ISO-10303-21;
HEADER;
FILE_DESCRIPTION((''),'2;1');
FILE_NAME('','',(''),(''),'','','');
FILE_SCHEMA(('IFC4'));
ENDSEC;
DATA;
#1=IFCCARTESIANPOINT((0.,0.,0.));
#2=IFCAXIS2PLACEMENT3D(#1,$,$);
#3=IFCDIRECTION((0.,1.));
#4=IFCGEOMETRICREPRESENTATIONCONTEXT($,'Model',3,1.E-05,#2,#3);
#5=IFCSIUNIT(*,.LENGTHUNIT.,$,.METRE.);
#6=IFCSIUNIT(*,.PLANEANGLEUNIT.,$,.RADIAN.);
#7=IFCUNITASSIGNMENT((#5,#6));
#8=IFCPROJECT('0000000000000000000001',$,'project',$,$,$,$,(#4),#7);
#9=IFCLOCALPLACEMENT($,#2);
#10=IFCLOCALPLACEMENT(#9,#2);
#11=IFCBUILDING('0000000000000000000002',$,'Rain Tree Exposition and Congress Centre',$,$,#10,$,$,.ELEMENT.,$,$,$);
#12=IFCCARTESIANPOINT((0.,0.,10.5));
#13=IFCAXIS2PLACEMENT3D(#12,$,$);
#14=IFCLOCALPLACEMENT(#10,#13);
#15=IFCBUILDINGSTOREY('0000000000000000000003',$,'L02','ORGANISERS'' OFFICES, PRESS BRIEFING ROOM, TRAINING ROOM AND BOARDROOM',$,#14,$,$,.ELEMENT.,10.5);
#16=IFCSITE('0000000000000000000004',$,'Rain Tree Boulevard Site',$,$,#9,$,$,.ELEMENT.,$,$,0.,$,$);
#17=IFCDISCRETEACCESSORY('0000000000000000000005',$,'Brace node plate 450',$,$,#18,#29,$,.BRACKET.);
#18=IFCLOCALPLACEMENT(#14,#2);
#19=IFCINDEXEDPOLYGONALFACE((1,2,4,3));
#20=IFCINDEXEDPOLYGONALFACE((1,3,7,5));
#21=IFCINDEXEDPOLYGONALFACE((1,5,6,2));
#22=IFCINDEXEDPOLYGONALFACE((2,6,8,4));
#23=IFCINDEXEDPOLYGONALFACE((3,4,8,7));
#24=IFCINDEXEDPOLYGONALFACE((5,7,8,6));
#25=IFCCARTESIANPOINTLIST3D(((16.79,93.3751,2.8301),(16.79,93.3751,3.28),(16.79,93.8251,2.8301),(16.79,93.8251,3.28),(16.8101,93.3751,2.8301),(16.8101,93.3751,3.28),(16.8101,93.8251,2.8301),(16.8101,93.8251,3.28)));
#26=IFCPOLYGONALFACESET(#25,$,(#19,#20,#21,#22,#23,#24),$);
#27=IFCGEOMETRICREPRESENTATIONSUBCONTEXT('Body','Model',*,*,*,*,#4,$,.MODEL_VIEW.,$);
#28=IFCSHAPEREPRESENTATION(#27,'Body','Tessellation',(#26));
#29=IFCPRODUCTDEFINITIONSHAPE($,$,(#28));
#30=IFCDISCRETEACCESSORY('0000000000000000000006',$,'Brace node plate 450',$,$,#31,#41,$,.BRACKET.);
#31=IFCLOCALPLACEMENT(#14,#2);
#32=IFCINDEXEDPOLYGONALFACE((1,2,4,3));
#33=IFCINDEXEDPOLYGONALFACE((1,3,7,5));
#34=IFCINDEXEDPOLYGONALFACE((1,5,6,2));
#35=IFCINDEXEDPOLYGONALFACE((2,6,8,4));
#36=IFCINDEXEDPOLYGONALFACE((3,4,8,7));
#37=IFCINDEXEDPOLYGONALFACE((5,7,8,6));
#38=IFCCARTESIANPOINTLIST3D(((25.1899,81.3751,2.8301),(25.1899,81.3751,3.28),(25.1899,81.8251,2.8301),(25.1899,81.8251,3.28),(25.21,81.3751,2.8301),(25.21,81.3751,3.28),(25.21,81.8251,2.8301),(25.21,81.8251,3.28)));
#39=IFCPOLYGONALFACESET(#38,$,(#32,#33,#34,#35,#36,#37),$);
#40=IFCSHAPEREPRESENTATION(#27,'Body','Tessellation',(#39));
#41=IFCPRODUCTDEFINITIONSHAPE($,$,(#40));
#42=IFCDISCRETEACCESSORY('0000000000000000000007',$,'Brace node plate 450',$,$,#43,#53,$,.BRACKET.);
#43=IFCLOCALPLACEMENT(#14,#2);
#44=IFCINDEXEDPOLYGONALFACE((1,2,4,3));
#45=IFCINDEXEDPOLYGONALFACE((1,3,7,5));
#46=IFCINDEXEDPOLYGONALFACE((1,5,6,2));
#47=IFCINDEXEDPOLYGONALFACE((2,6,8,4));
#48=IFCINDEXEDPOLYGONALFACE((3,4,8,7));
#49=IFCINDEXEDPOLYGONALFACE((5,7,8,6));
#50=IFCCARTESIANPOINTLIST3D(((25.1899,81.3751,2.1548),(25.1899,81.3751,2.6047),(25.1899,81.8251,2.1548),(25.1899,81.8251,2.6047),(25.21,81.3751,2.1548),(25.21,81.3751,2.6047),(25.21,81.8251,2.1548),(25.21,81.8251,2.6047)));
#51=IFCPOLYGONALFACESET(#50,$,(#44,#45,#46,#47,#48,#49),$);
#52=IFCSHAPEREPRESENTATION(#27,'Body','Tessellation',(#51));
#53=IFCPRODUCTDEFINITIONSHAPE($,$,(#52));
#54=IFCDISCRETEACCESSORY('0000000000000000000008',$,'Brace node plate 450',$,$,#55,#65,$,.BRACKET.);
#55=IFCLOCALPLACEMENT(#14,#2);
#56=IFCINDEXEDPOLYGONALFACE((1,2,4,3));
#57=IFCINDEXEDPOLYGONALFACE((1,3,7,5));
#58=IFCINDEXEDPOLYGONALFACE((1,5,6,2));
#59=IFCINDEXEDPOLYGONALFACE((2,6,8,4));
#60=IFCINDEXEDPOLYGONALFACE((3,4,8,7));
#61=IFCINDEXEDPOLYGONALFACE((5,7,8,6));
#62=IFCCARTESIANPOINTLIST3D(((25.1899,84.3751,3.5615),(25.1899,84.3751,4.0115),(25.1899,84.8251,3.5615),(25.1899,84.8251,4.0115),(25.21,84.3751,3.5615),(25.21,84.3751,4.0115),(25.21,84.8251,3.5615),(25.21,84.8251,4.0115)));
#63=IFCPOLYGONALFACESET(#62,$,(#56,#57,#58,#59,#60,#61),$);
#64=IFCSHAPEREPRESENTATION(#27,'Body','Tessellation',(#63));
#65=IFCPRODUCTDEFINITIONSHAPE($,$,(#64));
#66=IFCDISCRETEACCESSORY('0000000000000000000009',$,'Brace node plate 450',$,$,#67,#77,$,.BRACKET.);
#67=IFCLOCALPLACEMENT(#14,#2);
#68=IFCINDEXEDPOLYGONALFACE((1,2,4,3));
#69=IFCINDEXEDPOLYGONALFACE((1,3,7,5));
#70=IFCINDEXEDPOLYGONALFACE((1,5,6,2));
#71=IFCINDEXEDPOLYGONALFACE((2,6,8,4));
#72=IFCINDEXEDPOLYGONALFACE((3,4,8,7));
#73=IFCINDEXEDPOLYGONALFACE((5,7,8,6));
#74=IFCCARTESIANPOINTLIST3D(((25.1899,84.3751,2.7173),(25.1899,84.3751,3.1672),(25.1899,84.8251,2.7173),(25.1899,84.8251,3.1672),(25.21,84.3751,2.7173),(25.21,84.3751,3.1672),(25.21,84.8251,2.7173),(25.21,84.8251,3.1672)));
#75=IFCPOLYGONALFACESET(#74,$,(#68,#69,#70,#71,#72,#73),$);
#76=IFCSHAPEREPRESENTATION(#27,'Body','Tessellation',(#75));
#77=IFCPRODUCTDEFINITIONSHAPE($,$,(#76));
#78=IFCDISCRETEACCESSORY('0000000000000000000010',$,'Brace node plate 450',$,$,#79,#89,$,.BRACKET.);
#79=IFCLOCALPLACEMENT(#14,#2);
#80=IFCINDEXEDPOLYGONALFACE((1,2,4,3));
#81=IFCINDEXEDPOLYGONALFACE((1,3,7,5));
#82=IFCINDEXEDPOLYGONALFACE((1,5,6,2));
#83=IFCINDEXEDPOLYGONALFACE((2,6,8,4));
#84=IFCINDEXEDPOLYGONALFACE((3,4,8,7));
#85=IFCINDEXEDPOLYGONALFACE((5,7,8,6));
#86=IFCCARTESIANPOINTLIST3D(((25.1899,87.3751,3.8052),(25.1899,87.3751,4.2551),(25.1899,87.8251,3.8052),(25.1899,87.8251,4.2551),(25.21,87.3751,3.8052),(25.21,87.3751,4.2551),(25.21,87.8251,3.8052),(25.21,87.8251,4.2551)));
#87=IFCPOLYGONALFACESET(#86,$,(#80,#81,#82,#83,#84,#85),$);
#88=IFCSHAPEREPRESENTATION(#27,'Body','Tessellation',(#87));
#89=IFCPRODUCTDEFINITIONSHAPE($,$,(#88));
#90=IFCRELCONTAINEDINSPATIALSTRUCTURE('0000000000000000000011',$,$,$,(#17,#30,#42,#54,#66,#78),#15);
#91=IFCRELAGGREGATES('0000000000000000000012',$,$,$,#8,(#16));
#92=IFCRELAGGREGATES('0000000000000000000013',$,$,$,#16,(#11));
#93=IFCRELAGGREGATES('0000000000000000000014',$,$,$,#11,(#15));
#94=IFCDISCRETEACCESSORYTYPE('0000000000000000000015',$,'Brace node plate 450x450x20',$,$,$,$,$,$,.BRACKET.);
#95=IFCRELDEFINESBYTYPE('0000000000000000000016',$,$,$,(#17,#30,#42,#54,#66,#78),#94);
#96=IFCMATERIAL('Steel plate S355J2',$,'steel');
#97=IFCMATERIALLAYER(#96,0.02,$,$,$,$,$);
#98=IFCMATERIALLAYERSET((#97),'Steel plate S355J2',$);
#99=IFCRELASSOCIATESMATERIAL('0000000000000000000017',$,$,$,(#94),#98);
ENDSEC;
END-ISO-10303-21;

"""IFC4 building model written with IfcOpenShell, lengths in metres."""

from ifc_helpers import new_model, si_unit, direction, frame, origin, origin_2d, place, context, subcontext, project, spatial, rectangle, extrude, material, layer, layer_set, type_object, element, save


model = new_model("IFC4")

# Units and contexts
model_context = context("Model", 3, precision=1e-05, world=origin(), true_north=direction((0.0, 1.0)))
body_context = subcontext(model_context, "Body", "Model", "MODEL_VIEW")
ifc_project = project(units=[si_unit("LENGTHUNIT", "METRE"), si_unit("PLANEANGLEUNIT", "RADIAN")], contexts=[model_context])

# Site, building, storey
site_placement = place(None, origin())
site = spatial("IfcSite", under=ifc_project, at=site_placement, Name="Rain Tree Boulevard Site", CompositionType="ELEMENT", RefElevation=0.0)
building_placement = place(site_placement, origin())
building = spatial("IfcBuilding", under=site, at=building_placement, Name="Rain Tree Exposition and Congress Centre", CompositionType="ELEMENT")
storey_placement = place(building_placement, frame((0.0, 0.0, 10.5)))
storey = spatial("IfcBuildingStorey", under=building, at=storey_placement, Name="L02", Description="ORGANISERS' OFFICES, PRESS BRIEFING ROOM, TRAINING ROOM AND BOARDROOM", CompositionType="ELEMENT", Elevation=10.5)

# Discrete accessories
ifc_material_1 = material(Name="Steel plate S355J2", Category="steel")
ifc_layer = layer(ifc_material_1, 0.02)
ifc_layer_set = layer_set([ifc_layer], Name="Steel plate S355J2")
discrete_accessory_type = type_object("IfcDiscreteAccessoryType", Name="Brace node plate 450x450x20", PredefinedType="BRACKET", material=ifc_layer_set)
for number, where, z_axis, x_axis, name in (
    (1, (16.8, 93.6001, 2.8301), (0.0, 0.0, 1.0), (0.0, 1.0, 0.0), "Brace node plate 450"),
    (2, (25.2, 81.6001, 2.8301), (0.0, 0.0, 1.0), (0.0, -1.0, 0.0), "Brace node plate 450"),
    (3, (25.2, 81.6001, 2.1548), (0.0, 0.0, 1.0), (0.0, 1.0, 0.0), "Brace node plate 450"),
    (4, (25.2, 84.6001, 3.5615), (0.0, 0.0, 1.0), (0.0, -1.0, 0.0), "Brace node plate 450"),
    (5, (25.2, 84.6001, 2.7173), (0.0, 0.0, 1.0), (0.0, 1.0, 0.0), "Brace node plate 450"),
    (6, (25.2, 87.6001, 3.8052), (0.0, 0.0, 1.0), (0.0, 1.0, 0.0), "Brace node plate 450"),
):
    element("IfcDiscreteAccessory", number, at=place(storey_placement, frame(where, z_axis=z_axis, x_axis=x_axis)), inside=storey, type_object=discrete_accessory_type, Name=name, PredefinedType="BRACKET", context=body_context, shape_type="SweptSolid", body=[
        extrude(rectangle(XDim=0.45, YDim=0.02, at=origin_2d()), origin(), (0.0, 0.0, 1.0), 0.45),
    ])

save(model, "model.ifc")
